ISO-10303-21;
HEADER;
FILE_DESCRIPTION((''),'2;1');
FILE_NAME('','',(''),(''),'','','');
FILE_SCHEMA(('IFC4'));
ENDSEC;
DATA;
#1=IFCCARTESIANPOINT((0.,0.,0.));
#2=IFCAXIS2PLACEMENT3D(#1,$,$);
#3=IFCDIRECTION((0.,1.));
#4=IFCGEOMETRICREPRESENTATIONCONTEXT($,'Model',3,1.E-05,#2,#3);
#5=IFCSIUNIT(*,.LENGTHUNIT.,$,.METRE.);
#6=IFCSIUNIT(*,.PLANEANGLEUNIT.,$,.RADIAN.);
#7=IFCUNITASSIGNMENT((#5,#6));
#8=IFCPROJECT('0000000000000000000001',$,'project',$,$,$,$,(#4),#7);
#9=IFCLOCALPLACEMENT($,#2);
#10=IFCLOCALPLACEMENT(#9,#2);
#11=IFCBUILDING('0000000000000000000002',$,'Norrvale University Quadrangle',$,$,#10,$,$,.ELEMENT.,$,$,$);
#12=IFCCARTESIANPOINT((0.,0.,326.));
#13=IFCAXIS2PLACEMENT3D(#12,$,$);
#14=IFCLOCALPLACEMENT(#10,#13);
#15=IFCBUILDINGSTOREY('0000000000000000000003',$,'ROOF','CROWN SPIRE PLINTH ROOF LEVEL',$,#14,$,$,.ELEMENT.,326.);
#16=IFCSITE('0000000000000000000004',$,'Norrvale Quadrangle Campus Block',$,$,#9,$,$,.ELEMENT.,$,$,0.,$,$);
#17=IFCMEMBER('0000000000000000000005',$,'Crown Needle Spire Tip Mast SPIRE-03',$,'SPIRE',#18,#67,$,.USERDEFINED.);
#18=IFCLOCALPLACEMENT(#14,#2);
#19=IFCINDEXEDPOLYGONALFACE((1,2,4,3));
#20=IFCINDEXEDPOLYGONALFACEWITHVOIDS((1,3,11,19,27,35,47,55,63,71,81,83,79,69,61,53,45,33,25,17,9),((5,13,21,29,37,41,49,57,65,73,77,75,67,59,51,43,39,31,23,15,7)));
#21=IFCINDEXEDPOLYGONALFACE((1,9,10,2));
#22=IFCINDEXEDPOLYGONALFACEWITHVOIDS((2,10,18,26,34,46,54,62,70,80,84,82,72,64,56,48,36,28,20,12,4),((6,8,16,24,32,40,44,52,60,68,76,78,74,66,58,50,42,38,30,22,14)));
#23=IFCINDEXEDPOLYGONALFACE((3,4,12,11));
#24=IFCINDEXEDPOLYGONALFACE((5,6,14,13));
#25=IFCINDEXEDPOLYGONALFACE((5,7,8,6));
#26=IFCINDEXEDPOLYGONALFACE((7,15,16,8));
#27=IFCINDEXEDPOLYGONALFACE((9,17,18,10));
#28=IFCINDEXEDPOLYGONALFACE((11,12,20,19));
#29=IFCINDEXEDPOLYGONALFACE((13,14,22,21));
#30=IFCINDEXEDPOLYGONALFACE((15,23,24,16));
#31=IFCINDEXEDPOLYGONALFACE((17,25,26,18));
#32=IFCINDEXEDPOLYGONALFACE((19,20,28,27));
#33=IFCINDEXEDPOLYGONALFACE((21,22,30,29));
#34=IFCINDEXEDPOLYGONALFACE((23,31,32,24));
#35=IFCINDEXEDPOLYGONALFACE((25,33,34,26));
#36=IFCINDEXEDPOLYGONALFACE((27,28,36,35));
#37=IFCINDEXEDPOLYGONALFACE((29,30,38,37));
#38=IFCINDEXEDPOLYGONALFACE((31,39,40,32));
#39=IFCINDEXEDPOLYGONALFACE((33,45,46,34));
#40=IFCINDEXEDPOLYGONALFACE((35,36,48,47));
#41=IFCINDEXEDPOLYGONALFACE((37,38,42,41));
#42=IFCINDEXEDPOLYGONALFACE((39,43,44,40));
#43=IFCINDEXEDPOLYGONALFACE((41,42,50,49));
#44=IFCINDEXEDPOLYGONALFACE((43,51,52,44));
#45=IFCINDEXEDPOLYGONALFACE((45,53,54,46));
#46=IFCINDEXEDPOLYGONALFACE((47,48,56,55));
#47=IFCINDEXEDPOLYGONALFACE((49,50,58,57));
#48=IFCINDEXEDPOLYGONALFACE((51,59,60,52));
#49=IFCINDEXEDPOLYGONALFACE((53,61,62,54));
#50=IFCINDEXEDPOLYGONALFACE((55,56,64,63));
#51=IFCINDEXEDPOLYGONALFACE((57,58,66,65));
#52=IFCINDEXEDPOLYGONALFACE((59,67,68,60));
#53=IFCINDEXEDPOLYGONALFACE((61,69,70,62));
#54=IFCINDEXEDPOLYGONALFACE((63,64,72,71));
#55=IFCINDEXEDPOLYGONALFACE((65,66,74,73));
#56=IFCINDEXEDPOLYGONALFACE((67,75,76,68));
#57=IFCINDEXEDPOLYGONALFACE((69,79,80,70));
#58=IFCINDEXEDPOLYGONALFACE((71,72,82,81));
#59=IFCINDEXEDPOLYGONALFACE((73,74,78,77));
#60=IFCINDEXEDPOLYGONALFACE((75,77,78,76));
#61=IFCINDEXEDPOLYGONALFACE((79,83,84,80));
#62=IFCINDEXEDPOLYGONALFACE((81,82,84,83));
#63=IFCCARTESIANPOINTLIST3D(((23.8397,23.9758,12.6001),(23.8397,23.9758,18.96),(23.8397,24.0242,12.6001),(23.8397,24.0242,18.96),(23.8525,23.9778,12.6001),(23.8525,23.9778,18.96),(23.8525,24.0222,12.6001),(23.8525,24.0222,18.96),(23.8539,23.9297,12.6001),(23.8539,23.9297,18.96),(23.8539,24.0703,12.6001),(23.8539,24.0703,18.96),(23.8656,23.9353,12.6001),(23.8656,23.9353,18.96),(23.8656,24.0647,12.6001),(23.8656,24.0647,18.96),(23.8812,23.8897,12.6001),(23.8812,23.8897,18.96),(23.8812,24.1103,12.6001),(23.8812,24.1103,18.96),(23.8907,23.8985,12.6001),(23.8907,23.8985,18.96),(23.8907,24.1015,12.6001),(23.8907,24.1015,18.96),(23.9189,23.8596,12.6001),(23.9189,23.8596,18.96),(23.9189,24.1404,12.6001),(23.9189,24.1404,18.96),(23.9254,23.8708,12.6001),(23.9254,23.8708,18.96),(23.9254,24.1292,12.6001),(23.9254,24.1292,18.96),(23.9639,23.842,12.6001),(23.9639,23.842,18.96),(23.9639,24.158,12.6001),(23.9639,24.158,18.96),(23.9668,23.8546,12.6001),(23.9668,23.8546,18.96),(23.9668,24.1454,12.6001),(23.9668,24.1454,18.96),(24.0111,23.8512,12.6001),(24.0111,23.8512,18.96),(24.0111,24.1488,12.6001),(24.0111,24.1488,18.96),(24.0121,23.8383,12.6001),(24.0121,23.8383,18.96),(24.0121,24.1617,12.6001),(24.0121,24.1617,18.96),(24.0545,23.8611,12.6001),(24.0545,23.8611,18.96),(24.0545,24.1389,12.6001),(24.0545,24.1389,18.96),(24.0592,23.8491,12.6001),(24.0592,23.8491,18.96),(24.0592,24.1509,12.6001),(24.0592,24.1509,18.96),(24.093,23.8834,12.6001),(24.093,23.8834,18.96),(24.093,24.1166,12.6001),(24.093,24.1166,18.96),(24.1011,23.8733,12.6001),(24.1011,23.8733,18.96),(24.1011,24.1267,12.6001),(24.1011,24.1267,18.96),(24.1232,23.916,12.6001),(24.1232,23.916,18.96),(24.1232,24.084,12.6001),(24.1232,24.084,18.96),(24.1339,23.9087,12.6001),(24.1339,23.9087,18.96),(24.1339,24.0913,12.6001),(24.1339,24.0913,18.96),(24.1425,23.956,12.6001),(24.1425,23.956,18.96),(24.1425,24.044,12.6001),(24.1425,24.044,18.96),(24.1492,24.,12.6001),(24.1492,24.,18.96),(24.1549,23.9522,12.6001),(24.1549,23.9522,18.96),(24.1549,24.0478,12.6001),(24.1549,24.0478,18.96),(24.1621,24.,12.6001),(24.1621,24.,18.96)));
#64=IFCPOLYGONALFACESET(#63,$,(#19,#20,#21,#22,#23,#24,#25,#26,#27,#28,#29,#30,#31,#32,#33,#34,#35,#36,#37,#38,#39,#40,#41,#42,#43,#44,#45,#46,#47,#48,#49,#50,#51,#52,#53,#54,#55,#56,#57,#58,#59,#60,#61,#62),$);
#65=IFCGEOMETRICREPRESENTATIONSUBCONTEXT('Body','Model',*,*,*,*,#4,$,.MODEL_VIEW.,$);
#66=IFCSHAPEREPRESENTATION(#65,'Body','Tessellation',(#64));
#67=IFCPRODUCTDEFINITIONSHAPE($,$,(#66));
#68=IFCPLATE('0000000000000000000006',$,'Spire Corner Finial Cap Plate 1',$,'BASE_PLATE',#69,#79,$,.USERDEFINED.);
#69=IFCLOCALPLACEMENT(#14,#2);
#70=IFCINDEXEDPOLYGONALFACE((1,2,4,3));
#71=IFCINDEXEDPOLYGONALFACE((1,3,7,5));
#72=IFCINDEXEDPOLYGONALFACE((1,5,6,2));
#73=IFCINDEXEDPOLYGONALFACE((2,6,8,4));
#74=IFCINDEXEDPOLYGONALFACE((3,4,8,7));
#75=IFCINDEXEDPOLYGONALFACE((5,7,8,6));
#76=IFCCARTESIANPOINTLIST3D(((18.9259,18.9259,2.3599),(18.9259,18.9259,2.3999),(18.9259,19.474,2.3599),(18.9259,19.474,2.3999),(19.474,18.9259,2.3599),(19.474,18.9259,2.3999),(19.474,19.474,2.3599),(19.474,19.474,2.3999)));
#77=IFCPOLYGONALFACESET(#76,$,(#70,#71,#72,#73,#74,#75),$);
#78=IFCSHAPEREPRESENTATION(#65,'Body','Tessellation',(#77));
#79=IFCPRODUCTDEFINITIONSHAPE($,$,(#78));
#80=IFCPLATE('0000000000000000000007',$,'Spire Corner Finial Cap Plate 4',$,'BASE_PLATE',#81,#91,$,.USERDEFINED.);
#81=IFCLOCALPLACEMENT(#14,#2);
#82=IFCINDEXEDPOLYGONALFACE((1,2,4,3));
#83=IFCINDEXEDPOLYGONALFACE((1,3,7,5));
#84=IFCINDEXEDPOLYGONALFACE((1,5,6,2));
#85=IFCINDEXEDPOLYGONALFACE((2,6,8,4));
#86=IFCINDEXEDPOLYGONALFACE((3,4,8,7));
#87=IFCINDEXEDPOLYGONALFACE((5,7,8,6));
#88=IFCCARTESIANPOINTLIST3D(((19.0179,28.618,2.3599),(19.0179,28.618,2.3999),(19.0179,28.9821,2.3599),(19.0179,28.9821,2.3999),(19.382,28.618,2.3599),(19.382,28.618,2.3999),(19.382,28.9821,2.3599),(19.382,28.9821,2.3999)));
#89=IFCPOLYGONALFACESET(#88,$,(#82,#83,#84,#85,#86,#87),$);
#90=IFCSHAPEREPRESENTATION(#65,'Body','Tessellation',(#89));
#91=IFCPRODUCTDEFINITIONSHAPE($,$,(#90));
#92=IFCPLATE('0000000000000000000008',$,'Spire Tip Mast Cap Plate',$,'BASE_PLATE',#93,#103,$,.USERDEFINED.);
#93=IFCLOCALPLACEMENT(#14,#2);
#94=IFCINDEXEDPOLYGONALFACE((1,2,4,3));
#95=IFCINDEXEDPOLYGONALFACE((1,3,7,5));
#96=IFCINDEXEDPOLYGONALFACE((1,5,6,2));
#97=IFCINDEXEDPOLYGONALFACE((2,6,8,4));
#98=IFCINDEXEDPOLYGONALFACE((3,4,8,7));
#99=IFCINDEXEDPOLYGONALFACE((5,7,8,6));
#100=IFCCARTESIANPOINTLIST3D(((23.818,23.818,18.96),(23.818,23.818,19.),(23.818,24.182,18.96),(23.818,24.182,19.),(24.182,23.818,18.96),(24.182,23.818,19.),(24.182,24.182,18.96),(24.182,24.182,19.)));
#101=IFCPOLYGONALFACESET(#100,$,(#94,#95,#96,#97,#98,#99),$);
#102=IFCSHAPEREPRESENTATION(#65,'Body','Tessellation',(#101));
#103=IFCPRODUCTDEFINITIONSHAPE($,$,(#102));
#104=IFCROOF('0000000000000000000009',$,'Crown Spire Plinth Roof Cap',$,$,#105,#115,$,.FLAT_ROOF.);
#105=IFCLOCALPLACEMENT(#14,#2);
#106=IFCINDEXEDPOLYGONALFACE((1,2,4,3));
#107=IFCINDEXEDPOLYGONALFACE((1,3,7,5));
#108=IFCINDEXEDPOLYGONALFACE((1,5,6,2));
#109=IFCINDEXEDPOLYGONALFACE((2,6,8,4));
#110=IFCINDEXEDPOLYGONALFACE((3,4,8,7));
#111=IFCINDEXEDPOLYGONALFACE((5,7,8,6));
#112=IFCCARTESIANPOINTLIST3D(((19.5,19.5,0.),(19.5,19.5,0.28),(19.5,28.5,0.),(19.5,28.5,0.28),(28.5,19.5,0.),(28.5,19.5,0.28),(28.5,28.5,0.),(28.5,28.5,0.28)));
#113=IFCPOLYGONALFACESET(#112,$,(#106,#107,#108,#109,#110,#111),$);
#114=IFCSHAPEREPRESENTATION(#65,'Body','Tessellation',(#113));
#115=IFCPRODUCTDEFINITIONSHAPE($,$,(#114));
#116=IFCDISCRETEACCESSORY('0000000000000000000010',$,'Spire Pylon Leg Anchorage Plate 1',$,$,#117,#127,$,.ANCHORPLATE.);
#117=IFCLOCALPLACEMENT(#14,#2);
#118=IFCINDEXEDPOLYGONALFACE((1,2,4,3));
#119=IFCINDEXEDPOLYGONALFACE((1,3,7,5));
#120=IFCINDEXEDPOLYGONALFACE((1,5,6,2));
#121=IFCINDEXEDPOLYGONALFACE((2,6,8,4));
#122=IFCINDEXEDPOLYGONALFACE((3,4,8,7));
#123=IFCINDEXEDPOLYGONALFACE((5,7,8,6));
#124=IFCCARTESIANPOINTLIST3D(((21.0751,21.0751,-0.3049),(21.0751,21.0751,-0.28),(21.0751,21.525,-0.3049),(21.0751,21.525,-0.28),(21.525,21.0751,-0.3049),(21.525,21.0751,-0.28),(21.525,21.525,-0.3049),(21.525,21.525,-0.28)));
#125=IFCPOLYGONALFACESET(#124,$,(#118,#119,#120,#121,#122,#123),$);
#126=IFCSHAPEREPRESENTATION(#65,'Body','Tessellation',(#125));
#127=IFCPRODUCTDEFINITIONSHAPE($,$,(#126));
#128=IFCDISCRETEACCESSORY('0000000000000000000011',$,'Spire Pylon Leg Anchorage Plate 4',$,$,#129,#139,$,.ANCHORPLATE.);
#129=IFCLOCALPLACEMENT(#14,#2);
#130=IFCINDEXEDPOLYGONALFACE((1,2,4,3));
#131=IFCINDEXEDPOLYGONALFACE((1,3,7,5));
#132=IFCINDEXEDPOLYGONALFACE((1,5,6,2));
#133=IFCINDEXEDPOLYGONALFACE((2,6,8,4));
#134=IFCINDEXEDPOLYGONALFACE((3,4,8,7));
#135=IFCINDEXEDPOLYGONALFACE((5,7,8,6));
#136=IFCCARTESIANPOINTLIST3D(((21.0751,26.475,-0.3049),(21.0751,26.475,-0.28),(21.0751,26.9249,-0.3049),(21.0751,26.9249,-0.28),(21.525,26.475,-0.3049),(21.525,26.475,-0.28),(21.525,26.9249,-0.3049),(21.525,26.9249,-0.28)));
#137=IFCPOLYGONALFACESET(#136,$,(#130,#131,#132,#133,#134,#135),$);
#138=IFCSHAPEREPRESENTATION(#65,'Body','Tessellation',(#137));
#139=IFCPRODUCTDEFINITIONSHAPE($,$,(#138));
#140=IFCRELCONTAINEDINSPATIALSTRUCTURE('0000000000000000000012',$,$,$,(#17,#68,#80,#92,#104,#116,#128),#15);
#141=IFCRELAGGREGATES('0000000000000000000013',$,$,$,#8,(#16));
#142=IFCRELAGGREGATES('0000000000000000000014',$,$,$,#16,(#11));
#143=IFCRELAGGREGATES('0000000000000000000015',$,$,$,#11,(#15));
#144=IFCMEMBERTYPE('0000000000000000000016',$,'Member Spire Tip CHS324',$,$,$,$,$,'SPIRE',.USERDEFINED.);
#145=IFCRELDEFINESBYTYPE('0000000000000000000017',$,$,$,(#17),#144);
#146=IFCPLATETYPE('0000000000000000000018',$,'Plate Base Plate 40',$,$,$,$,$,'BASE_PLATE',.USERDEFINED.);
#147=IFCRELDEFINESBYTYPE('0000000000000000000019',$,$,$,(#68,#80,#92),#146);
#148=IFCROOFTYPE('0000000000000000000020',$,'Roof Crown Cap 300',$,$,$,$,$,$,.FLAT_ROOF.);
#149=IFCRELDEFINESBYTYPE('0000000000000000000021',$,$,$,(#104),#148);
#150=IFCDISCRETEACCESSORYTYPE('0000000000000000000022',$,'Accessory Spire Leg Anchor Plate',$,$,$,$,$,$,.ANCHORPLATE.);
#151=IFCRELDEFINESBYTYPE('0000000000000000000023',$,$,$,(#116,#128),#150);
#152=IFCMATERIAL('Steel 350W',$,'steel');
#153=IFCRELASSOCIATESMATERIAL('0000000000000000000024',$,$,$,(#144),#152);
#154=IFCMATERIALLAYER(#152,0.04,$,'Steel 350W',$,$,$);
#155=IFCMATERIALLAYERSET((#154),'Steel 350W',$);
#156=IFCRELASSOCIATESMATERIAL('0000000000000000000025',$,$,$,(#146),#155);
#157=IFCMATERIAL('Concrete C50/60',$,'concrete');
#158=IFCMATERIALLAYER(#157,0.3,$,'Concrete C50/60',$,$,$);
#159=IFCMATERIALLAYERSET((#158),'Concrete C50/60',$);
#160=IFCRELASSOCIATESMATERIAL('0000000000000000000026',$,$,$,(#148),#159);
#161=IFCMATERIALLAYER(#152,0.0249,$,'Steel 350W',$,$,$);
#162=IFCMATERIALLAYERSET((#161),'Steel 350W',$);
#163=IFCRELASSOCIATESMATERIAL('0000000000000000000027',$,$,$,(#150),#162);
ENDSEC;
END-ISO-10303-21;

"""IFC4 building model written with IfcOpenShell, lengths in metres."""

from ifc_helpers import new_model, si_unit, direction, frame, origin, origin_2d, place, context, subcontext, project, spatial, polyline, rectangle, hollow_circle, outline, extrude, material, layer, layer_set, material_profile, profile_set, type_object, element, save


model = new_model("IFC4")

# Units and contexts
model_context = context("Model", 3, precision=1e-05, world=origin(), true_north=direction((0.0, 1.0)))
body_context = subcontext(model_context, "Body", "Model", "MODEL_VIEW")
ifc_project = project(units=[si_unit("LENGTHUNIT", "METRE"), si_unit("PLANEANGLEUNIT", "RADIAN")], contexts=[model_context])

# Site, building, storey
site_placement = place(None, origin())
site = spatial("IfcSite", under=ifc_project, at=site_placement, Name="Norrvale Quadrangle Campus Block", CompositionType="ELEMENT", RefElevation=0.0)
building_placement = place(site_placement, origin())
building = spatial("IfcBuilding", under=site, at=building_placement, Name="Norrvale University Quadrangle", CompositionType="ELEMENT")
storey_placement = place(building_placement, frame((0.0, 0.0, 326.0)))
storey = spatial("IfcBuildingStorey", under=building, at=storey_placement, Name="ROOF", Description="CROWN SPIRE PLINTH ROOF LEVEL", CompositionType="ELEMENT", Elevation=326.0)

# Shared definitions
ifc_material_1 = material(Name="Steel 350W", Category="steel")

# Member
ifc_material_profile_1 = material_profile(ifc_material_1, hollow_circle(Radius=0.1621, WallThickness=0.0129, at=origin_2d()), Name="Steel 350W")
ifc_profile_set_1 = profile_set([ifc_material_profile_1], Name="Steel 350W")
member_type_1 = type_object("IfcMemberType", Name="Member Spire Tip CHS324", ElementType="SPIRE", PredefinedType="USERDEFINED", material=ifc_profile_set_1)
member_1_placement = place(storey_placement, frame((24.0, 24.0, 12.6001), z_axis=(0.0, 0.0, 1.0), x_axis=(1.0, 0.0, 0.0)))
element("IfcMember", 1, at=member_1_placement, inside=storey, type_object=member_type_1, Name="Crown Needle Spire Tip Mast SPIRE-03", ObjectType="SPIRE", PredefinedType="USERDEFINED", context=body_context, shape_type="SweptSolid", body=[
    extrude(hollow_circle(Radius=0.1621, WallThickness=0.0129, at=origin_2d()), origin(), (0.0, 0.0, 1.0), 6.3599),
])

# Plates
ifc_layer_1 = layer(ifc_material_1, 0.04, Name="Steel 350W")
ifc_layer_set_1 = layer_set([ifc_layer_1], Name="Steel 350W")
plate_type = type_object("IfcPlateType", Name="Plate Base Plate 40", ElementType="BASE_PLATE", PredefinedType="USERDEFINED", material=ifc_layer_set_1)
plate_placement = place(storey_placement, frame((19.2, 19.2, 2.3599), z_axis=(0.0, 0.0, 1.0), x_axis=(1.0, 0.0, 0.0)))
element("IfcPlate", 2, at=plate_placement, inside=storey, type_object=plate_type, Name="Spire Corner Finial Cap Plate 1", ObjectType="BASE_PLATE", PredefinedType="USERDEFINED", context=body_context, shape_type="SweptSolid", body=[
    extrude(rectangle(XDim=0.5481, YDim=0.5481, at=origin_2d()), origin(), (0.0, 0.0, 1.0), 0.04),
])
for number, where, z_axis, x_axis, name in (
    (3, (19.2, 28.8, 2.3599), (0.0, 0.0, 1.0), (1.0, 0.0, 0.0), "Spire Corner Finial Cap Plate 4"),
    (4, (24.0, 24.0, 18.96), (0.0, 0.0, 1.0), (1.0, 0.0, 0.0), "Spire Tip Mast Cap Plate"),
):
    element("IfcPlate", number, at=place(storey_placement, frame(where, z_axis=z_axis, x_axis=x_axis)), inside=storey, type_object=plate_type, Name=name, ObjectType="BASE_PLATE", PredefinedType="USERDEFINED", context=body_context, shape_type="SweptSolid", body=[
        extrude(rectangle(XDim=0.364, YDim=0.364, at=origin_2d()), origin(), (0.0, 0.0, 1.0), 0.04),
    ])

# Roof
ifc_material_2 = material(Name="Concrete C50/60", Category="concrete")
ifc_layer_2 = layer(ifc_material_2, 0.3, Name="Concrete C50/60")
ifc_layer_set_2 = layer_set([ifc_layer_2], Name="Concrete C50/60")
roof_type = type_object("IfcRoofType", Name="Roof Crown Cap 300", PredefinedType="FLAT_ROOF", material=ifc_layer_set_2)
roof_placement = place(storey_placement, origin())
element("IfcRoof", 5, at=roof_placement, inside=storey, type_object=roof_type, Name="Crown Spire Plinth Roof Cap", PredefinedType="FLAT_ROOF", context=body_context, shape_type="SweptSolid", body=[
    extrude(outline(polyline([(19.5, 19.5), (28.5, 19.5), (28.5, 28.5), (19.5, 28.5), (19.5, 19.5)])), origin(), (0.0, 0.0, 1.0), 0.28),
])

# Discrete accessories
ifc_layer_3 = layer(ifc_material_1, 0.0249, Name="Steel 350W")
ifc_layer_set_3 = layer_set([ifc_layer_3], Name="Steel 350W")
discrete_accessory_type = type_object("IfcDiscreteAccessoryType", Name="Accessory Spire Leg Anchor Plate", PredefinedType="ANCHORPLATE", material=ifc_layer_set_3)
for number, where, z_axis, x_axis, name in (
    (6, (21.3, 21.3, -0.3049), (0.0, 0.0, 1.0), (1.0, 0.0, 0.0), "Spire Pylon Leg Anchorage Plate 1"),
    (7, (21.3, 26.7, -0.3049), (0.0, 0.0, 1.0), (1.0, 0.0, 0.0), "Spire Pylon Leg Anchorage Plate 4"),
):
    element("IfcDiscreteAccessory", number, at=place(storey_placement, frame(where, z_axis=z_axis, x_axis=x_axis)), inside=storey, type_object=discrete_accessory_type, Name=name, PredefinedType="ANCHORPLATE", context=body_context, shape_type="SweptSolid", body=[
        extrude(rectangle(XDim=0.45, YDim=0.45, at=origin_2d()), origin(), (0.0, 0.0, 1.0), 0.0249),
    ])

save(model, "model.ifc")
